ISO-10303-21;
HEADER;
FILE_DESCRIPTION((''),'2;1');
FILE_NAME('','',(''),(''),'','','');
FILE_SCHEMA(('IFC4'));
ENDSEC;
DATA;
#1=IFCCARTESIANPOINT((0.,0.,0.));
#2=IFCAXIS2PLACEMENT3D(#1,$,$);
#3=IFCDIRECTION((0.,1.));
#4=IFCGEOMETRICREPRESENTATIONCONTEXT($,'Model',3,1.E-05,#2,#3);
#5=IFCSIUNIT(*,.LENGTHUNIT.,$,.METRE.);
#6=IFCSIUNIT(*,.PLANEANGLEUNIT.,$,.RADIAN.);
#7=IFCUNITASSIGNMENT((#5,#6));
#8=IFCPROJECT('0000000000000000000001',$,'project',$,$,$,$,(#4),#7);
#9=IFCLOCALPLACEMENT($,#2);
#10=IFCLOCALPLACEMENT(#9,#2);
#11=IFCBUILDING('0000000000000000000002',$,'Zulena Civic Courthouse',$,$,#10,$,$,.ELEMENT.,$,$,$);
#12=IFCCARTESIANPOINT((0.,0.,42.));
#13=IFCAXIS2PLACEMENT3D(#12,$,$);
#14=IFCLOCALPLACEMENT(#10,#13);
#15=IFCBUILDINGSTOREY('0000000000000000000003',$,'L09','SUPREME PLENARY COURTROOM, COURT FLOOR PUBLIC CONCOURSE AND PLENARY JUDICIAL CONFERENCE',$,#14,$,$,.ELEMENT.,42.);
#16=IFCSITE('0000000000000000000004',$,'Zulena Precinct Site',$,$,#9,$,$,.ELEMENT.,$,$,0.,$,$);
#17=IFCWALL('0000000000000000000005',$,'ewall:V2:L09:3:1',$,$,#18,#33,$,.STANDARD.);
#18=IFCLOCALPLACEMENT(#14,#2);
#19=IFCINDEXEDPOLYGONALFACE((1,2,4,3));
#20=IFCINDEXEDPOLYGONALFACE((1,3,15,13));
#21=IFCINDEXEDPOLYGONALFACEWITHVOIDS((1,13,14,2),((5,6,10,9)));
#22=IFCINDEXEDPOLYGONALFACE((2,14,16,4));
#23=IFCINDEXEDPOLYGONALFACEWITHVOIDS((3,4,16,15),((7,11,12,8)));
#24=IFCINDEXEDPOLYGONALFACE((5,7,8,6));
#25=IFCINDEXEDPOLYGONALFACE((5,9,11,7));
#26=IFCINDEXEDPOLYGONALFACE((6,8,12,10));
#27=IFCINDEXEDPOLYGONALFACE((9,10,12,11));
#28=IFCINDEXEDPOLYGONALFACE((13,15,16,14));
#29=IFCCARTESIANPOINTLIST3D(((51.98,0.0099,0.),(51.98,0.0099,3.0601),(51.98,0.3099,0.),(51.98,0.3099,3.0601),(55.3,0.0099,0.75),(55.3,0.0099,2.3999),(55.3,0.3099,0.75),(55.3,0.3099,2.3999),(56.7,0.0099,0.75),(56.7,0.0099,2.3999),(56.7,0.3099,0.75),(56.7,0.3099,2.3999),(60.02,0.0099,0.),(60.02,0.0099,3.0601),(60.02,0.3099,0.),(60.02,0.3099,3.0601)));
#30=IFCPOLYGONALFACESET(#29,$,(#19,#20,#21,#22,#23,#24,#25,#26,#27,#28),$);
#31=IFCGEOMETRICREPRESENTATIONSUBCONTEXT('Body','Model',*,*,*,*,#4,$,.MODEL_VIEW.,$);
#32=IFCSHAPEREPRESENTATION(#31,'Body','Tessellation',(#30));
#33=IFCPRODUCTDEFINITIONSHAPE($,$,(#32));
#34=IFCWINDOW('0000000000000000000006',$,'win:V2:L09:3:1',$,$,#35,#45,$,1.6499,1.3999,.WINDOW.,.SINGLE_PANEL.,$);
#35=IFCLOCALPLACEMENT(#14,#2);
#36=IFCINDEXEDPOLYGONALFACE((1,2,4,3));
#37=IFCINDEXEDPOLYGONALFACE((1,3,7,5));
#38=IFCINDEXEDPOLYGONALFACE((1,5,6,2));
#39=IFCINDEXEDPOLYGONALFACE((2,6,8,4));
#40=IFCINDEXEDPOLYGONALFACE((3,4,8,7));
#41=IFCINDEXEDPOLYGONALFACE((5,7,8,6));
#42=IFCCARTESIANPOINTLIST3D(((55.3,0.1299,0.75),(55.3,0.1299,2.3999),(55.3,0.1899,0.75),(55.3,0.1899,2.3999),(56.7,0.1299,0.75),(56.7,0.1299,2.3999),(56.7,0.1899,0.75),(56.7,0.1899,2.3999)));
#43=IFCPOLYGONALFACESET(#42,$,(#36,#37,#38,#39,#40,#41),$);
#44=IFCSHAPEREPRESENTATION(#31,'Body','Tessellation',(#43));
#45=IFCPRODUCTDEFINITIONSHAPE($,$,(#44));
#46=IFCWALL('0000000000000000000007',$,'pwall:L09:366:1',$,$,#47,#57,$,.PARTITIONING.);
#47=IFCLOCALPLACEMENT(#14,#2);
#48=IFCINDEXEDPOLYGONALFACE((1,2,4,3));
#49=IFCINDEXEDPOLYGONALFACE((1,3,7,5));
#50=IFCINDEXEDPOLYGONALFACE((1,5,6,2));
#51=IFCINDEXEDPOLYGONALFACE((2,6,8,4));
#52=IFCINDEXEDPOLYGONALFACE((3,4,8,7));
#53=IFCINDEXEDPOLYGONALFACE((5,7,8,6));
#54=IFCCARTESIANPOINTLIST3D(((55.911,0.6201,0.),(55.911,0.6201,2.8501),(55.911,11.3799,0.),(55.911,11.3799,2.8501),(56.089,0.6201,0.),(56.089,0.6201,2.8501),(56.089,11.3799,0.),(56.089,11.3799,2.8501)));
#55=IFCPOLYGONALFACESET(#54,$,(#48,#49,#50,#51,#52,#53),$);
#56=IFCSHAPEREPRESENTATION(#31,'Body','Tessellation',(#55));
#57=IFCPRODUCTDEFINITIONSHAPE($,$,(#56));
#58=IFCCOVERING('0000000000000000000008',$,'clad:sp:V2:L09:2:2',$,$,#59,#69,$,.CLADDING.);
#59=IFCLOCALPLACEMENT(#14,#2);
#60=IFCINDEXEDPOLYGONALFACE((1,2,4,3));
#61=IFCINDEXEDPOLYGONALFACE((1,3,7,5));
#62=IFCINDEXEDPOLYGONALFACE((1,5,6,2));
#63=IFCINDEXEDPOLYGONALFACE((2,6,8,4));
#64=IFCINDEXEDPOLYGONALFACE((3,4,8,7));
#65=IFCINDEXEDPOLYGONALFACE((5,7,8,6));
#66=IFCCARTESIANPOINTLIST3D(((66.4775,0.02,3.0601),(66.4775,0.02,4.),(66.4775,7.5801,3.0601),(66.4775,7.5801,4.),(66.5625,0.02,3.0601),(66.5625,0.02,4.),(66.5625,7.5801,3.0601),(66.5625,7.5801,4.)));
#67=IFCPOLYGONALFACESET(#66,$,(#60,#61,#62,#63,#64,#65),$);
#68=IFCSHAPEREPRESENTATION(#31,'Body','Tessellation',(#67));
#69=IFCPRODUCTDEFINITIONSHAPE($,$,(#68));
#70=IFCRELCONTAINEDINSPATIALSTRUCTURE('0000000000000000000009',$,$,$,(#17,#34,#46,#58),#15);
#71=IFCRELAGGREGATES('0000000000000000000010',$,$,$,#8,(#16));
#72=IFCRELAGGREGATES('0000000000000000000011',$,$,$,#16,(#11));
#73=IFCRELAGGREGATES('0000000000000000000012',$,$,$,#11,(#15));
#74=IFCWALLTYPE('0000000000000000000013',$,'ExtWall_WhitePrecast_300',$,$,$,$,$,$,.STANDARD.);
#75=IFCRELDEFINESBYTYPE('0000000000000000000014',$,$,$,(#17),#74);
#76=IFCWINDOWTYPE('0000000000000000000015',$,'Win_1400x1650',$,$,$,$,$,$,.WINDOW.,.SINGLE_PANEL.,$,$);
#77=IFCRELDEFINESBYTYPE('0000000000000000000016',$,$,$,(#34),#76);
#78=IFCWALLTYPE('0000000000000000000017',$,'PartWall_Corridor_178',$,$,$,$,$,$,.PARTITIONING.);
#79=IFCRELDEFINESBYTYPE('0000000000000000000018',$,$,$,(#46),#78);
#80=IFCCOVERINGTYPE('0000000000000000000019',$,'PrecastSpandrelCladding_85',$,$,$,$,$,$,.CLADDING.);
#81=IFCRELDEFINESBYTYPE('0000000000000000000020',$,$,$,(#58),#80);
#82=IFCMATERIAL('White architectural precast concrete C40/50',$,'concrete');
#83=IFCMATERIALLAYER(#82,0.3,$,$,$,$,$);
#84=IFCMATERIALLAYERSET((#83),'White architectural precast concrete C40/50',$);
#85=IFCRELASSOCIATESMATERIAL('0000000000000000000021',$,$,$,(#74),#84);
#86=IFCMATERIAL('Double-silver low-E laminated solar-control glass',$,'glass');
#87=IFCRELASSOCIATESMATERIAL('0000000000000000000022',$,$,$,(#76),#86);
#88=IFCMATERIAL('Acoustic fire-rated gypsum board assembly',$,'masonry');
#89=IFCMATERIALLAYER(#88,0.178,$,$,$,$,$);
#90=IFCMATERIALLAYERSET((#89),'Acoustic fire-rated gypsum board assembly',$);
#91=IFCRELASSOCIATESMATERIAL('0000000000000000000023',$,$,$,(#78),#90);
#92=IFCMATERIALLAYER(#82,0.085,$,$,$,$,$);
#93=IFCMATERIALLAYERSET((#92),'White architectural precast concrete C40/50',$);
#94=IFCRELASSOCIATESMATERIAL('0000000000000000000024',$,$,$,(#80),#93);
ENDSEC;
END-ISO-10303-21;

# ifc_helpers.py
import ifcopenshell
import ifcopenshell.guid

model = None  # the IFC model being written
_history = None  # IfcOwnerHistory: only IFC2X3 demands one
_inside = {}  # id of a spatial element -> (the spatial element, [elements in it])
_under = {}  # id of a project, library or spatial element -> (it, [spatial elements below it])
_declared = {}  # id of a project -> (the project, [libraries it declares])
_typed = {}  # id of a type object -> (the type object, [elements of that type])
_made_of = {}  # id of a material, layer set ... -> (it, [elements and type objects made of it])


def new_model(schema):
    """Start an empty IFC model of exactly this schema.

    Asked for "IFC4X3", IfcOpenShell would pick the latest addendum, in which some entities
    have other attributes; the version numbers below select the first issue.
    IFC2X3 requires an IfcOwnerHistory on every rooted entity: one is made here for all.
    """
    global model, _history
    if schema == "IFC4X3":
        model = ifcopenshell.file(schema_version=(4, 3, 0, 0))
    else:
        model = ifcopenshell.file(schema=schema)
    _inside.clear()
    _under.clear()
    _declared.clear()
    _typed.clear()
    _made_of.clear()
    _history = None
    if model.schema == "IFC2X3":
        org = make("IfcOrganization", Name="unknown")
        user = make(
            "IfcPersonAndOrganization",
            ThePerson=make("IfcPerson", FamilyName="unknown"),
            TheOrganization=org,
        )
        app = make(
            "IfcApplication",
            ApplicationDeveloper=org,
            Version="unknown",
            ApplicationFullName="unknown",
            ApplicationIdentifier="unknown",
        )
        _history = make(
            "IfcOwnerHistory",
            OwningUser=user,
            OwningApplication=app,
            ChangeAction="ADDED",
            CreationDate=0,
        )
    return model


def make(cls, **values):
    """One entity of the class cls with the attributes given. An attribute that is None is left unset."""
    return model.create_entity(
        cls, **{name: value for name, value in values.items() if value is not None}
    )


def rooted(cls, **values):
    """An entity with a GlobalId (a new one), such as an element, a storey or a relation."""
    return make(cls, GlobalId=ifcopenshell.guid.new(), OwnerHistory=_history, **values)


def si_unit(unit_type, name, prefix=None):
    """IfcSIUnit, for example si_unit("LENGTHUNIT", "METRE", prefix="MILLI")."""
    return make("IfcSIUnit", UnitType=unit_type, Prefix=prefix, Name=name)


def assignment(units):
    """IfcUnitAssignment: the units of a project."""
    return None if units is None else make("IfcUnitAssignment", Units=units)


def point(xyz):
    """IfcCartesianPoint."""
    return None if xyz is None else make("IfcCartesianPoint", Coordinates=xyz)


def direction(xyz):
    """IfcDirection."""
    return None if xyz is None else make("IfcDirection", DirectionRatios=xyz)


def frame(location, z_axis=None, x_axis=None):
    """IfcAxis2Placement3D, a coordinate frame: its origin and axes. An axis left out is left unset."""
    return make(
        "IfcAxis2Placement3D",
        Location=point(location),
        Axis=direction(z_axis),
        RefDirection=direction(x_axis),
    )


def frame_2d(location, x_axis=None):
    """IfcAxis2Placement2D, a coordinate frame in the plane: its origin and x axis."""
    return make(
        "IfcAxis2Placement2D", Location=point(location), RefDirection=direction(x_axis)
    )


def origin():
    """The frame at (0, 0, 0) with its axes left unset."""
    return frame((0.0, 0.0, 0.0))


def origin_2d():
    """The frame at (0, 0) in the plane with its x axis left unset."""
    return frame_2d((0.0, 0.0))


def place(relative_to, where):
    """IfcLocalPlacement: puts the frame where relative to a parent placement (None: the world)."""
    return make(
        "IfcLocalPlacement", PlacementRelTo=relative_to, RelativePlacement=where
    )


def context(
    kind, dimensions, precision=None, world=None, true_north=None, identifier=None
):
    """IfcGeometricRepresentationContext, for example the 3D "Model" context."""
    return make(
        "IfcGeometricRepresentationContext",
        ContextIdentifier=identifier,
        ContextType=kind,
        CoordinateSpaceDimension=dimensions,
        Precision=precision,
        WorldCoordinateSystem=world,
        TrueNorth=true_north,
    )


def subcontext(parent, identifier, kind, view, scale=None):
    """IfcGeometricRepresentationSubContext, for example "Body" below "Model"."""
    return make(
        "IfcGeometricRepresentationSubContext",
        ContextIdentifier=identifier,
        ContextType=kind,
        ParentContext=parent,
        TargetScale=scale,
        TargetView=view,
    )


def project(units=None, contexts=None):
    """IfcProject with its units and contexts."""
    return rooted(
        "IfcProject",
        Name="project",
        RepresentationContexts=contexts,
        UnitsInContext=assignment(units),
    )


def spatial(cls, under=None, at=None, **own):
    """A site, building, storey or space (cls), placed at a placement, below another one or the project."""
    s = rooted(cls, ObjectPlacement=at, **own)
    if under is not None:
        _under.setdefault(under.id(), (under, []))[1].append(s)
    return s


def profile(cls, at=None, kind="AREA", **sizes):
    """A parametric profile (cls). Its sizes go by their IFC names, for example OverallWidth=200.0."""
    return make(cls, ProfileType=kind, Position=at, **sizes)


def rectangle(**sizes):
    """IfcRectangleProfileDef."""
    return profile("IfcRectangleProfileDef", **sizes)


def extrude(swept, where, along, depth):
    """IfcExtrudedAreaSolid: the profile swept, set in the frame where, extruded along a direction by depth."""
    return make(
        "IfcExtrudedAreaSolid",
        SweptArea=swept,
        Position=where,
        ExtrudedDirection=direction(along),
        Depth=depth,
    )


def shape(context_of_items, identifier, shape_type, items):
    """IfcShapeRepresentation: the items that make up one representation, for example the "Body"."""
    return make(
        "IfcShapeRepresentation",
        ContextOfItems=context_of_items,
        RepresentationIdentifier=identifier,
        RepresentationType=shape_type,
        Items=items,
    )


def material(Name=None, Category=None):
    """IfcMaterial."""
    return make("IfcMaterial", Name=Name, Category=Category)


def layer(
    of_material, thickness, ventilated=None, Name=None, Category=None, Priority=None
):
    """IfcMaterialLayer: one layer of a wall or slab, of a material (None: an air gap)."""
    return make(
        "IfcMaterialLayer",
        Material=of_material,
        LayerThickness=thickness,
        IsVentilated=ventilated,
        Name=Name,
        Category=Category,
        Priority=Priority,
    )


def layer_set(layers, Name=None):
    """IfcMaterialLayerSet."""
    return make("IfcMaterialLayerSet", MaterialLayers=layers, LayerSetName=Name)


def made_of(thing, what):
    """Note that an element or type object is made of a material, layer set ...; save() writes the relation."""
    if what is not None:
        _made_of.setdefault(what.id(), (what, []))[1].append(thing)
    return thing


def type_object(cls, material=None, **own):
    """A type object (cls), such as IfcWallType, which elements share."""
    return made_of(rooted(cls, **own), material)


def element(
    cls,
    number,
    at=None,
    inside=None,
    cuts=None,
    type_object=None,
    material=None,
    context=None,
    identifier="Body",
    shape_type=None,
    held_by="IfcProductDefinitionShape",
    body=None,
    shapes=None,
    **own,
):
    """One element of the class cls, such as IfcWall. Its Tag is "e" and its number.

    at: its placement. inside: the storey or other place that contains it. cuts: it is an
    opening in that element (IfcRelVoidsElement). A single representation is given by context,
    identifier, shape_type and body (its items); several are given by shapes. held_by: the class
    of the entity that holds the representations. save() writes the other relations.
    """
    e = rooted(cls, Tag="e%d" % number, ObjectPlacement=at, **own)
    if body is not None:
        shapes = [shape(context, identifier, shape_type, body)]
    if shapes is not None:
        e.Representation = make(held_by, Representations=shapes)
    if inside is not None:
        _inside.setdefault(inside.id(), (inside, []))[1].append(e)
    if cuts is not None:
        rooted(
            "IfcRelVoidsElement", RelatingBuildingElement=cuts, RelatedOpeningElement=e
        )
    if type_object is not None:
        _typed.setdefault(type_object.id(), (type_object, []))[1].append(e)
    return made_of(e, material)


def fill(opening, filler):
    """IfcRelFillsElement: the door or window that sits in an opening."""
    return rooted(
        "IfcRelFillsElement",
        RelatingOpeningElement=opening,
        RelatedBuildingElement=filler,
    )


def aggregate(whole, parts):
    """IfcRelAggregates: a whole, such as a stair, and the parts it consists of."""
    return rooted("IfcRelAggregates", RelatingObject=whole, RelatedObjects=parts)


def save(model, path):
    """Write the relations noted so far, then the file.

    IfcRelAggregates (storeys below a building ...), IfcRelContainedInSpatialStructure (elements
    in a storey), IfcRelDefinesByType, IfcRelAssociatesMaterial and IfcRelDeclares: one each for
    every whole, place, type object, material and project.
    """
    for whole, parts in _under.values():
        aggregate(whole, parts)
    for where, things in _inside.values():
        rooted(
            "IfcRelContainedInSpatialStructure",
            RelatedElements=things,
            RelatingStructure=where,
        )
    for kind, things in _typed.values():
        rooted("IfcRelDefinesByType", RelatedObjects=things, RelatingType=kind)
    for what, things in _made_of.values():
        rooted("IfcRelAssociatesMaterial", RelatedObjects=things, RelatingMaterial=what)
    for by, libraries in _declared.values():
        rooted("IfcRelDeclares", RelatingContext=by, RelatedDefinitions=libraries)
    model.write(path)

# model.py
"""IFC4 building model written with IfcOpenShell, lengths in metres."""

from ifc_helpers import new_model, si_unit, direction, frame, frame_2d, origin, origin_2d, place, context, subcontext, project, spatial, rectangle, extrude, material, layer, layer_set, type_object, element, fill, save


model = new_model("IFC4")

# Units and contexts
model_context = context("Model", 3, precision=1e-05, world=origin(), true_north=direction((0.0, 1.0)))
body_context = subcontext(model_context, "Body", "Model", "MODEL_VIEW")
ifc_project = project(units=[si_unit("LENGTHUNIT", "METRE"), si_unit("PLANEANGLEUNIT", "RADIAN")], contexts=[model_context])

# Site, building, storey
site_placement = place(None, origin())
site = spatial("IfcSite", under=ifc_project, at=site_placement, Name="Zulena Precinct Site", CompositionType="ELEMENT", RefElevation=0.0)
building_placement = place(site_placement, origin())
building = spatial("IfcBuilding", under=site, at=building_placement, Name="Zulena Civic Courthouse", CompositionType="ELEMENT")
storey_placement = place(building_placement, frame((0.0, 0.0, 42.0)))
storey = spatial("IfcBuildingStorey", under=building, at=storey_placement, Name="L09", Description="SUPREME PLENARY COURTROOM, COURT FLOOR PUBLIC CONCOURSE AND PLENARY JUDICIAL CONFERENCE", CompositionType="ELEMENT", Elevation=42.0)

# Wall, opening, window
ifc_material_1 = material(Name="White architectural precast concrete C40/50", Category="concrete")
ifc_layer_1 = layer(ifc_material_1, 0.3)
ifc_layer_set_1 = layer_set([ifc_layer_1], Name="White architectural precast concrete C40/50")
wall_type_1 = type_object("IfcWallType", Name="ExtWall_WhitePrecast_300", PredefinedType="STANDARD", material=ifc_layer_set_1)
ifc_material_2 = material(Name="Double-silver low-E laminated solar-control glass", Category="glass")
wall_1_placement = place(storey_placement, frame((60.02, 0.1599, 0.0), z_axis=(0.0, 0.0, 1.0), x_axis=(-1.0, 0.0, 0.0)))
wall_1 = element("IfcWall", 1, at=wall_1_placement, inside=storey, type_object=wall_type_1, Name="ewall:V2:L09:3:1", PredefinedType="STANDARD", context=body_context, shape_type="SweptSolid", body=[
    extrude(rectangle(XDim=8.04, YDim=0.3, at=frame_2d((4.02, 0.0))), origin(), (0.0, 0.0, 1.0), 3.0601),
])
opening_1_placement = place(wall_1_placement, frame((3.3201, 0.0, 0.75)))
opening_1 = element("IfcOpeningElement", 2, at=opening_1_placement, cuts=wall_1, PredefinedType="OPENING", context=body_context, shape_type="SweptSolid", body=[
    extrude(rectangle(XDim=1.3999, YDim=1.6499, at=frame_2d((0.7, 0.825))), frame((0.0, 0.1599, 0.0), z_axis=(0.0, -1.0, 0.0), x_axis=(1.0, 0.0, 0.0)), (0.0, 0.0, 1.0), 0.3201),
])
window_type_1 = type_object("IfcWindowType", Name="Win_1400x1650", PartitioningType="SINGLE_PANEL", PredefinedType="WINDOW", material=ifc_material_2)
window_1_placement = place(opening_1_placement, origin())
window_1 = element("IfcWindow", 3, at=window_1_placement, inside=storey, type_object=window_type_1, Name="win:V2:L09:3:1", OverallHeight=1.6499, OverallWidth=1.3999, PartitioningType="SINGLE_PANEL", PredefinedType="WINDOW", context=body_context, shape_type="SweptSolid", body=[
    extrude(rectangle(XDim=1.3999, YDim=1.6499, at=frame_2d((0.7, 0.825))), frame((0.0, 0.03, 0.0), z_axis=(0.0, -1.0, 0.0), x_axis=(1.0, 0.0, 0.0)), (0.0, 0.0, 1.0), 0.0601),
])
fill(opening_1, window_1)

# Wall
ifc_material_3 = material(Name="Acoustic fire-rated gypsum board assembly", Category="masonry")
ifc_layer_2 = layer(ifc_material_3, 0.178)
ifc_layer_set_2 = layer_set([ifc_layer_2], Name="Acoustic fire-rated gypsum board assembly")
wall_type_2 = type_object("IfcWallType", Name="PartWall_Corridor_178", PredefinedType="PARTITIONING", material=ifc_layer_set_2)
wall_2_placement = place(storey_placement, frame((56.0, 0.6201, 0.0), z_axis=(0.0, 0.0, 1.0), x_axis=(0.0, 1.0, 0.0)))
element("IfcWall", 4, at=wall_2_placement, inside=storey, type_object=wall_type_2, Name="pwall:L09:366:1", PredefinedType="PARTITIONING", context=body_context, shape_type="SweptSolid", body=[
    extrude(rectangle(XDim=10.7598, YDim=0.178, at=frame_2d((5.3799, 0.0))), origin(), (0.0, 0.0, 1.0), 2.8501),
])

# Covering
ifc_layer_3 = layer(ifc_material_1, 0.085)
ifc_layer_set_3 = layer_set([ifc_layer_3], Name="White architectural precast concrete C40/50")
covering_type = type_object("IfcCoveringType", Name="PrecastSpandrelCladding_85", PredefinedType="CLADDING", material=ifc_layer_set_3)
covering_placement = place(storey_placement, frame((66.52, 3.8, 3.0601), z_axis=(0.0, 0.0, 1.0), x_axis=(0.0, -1.0, 0.0)))
element("IfcCovering", 5, at=covering_placement, inside=storey, type_object=covering_type, Name="clad:sp:V2:L09:2:2", PredefinedType="CLADDING", context=body_context, shape_type="SweptSolid", body=[
    extrude(rectangle(XDim=7.5601, YDim=0.085, at=origin_2d()), origin(), (0.0, 0.0, 1.0), 0.9399),
])

save(model, "model.ifc")
